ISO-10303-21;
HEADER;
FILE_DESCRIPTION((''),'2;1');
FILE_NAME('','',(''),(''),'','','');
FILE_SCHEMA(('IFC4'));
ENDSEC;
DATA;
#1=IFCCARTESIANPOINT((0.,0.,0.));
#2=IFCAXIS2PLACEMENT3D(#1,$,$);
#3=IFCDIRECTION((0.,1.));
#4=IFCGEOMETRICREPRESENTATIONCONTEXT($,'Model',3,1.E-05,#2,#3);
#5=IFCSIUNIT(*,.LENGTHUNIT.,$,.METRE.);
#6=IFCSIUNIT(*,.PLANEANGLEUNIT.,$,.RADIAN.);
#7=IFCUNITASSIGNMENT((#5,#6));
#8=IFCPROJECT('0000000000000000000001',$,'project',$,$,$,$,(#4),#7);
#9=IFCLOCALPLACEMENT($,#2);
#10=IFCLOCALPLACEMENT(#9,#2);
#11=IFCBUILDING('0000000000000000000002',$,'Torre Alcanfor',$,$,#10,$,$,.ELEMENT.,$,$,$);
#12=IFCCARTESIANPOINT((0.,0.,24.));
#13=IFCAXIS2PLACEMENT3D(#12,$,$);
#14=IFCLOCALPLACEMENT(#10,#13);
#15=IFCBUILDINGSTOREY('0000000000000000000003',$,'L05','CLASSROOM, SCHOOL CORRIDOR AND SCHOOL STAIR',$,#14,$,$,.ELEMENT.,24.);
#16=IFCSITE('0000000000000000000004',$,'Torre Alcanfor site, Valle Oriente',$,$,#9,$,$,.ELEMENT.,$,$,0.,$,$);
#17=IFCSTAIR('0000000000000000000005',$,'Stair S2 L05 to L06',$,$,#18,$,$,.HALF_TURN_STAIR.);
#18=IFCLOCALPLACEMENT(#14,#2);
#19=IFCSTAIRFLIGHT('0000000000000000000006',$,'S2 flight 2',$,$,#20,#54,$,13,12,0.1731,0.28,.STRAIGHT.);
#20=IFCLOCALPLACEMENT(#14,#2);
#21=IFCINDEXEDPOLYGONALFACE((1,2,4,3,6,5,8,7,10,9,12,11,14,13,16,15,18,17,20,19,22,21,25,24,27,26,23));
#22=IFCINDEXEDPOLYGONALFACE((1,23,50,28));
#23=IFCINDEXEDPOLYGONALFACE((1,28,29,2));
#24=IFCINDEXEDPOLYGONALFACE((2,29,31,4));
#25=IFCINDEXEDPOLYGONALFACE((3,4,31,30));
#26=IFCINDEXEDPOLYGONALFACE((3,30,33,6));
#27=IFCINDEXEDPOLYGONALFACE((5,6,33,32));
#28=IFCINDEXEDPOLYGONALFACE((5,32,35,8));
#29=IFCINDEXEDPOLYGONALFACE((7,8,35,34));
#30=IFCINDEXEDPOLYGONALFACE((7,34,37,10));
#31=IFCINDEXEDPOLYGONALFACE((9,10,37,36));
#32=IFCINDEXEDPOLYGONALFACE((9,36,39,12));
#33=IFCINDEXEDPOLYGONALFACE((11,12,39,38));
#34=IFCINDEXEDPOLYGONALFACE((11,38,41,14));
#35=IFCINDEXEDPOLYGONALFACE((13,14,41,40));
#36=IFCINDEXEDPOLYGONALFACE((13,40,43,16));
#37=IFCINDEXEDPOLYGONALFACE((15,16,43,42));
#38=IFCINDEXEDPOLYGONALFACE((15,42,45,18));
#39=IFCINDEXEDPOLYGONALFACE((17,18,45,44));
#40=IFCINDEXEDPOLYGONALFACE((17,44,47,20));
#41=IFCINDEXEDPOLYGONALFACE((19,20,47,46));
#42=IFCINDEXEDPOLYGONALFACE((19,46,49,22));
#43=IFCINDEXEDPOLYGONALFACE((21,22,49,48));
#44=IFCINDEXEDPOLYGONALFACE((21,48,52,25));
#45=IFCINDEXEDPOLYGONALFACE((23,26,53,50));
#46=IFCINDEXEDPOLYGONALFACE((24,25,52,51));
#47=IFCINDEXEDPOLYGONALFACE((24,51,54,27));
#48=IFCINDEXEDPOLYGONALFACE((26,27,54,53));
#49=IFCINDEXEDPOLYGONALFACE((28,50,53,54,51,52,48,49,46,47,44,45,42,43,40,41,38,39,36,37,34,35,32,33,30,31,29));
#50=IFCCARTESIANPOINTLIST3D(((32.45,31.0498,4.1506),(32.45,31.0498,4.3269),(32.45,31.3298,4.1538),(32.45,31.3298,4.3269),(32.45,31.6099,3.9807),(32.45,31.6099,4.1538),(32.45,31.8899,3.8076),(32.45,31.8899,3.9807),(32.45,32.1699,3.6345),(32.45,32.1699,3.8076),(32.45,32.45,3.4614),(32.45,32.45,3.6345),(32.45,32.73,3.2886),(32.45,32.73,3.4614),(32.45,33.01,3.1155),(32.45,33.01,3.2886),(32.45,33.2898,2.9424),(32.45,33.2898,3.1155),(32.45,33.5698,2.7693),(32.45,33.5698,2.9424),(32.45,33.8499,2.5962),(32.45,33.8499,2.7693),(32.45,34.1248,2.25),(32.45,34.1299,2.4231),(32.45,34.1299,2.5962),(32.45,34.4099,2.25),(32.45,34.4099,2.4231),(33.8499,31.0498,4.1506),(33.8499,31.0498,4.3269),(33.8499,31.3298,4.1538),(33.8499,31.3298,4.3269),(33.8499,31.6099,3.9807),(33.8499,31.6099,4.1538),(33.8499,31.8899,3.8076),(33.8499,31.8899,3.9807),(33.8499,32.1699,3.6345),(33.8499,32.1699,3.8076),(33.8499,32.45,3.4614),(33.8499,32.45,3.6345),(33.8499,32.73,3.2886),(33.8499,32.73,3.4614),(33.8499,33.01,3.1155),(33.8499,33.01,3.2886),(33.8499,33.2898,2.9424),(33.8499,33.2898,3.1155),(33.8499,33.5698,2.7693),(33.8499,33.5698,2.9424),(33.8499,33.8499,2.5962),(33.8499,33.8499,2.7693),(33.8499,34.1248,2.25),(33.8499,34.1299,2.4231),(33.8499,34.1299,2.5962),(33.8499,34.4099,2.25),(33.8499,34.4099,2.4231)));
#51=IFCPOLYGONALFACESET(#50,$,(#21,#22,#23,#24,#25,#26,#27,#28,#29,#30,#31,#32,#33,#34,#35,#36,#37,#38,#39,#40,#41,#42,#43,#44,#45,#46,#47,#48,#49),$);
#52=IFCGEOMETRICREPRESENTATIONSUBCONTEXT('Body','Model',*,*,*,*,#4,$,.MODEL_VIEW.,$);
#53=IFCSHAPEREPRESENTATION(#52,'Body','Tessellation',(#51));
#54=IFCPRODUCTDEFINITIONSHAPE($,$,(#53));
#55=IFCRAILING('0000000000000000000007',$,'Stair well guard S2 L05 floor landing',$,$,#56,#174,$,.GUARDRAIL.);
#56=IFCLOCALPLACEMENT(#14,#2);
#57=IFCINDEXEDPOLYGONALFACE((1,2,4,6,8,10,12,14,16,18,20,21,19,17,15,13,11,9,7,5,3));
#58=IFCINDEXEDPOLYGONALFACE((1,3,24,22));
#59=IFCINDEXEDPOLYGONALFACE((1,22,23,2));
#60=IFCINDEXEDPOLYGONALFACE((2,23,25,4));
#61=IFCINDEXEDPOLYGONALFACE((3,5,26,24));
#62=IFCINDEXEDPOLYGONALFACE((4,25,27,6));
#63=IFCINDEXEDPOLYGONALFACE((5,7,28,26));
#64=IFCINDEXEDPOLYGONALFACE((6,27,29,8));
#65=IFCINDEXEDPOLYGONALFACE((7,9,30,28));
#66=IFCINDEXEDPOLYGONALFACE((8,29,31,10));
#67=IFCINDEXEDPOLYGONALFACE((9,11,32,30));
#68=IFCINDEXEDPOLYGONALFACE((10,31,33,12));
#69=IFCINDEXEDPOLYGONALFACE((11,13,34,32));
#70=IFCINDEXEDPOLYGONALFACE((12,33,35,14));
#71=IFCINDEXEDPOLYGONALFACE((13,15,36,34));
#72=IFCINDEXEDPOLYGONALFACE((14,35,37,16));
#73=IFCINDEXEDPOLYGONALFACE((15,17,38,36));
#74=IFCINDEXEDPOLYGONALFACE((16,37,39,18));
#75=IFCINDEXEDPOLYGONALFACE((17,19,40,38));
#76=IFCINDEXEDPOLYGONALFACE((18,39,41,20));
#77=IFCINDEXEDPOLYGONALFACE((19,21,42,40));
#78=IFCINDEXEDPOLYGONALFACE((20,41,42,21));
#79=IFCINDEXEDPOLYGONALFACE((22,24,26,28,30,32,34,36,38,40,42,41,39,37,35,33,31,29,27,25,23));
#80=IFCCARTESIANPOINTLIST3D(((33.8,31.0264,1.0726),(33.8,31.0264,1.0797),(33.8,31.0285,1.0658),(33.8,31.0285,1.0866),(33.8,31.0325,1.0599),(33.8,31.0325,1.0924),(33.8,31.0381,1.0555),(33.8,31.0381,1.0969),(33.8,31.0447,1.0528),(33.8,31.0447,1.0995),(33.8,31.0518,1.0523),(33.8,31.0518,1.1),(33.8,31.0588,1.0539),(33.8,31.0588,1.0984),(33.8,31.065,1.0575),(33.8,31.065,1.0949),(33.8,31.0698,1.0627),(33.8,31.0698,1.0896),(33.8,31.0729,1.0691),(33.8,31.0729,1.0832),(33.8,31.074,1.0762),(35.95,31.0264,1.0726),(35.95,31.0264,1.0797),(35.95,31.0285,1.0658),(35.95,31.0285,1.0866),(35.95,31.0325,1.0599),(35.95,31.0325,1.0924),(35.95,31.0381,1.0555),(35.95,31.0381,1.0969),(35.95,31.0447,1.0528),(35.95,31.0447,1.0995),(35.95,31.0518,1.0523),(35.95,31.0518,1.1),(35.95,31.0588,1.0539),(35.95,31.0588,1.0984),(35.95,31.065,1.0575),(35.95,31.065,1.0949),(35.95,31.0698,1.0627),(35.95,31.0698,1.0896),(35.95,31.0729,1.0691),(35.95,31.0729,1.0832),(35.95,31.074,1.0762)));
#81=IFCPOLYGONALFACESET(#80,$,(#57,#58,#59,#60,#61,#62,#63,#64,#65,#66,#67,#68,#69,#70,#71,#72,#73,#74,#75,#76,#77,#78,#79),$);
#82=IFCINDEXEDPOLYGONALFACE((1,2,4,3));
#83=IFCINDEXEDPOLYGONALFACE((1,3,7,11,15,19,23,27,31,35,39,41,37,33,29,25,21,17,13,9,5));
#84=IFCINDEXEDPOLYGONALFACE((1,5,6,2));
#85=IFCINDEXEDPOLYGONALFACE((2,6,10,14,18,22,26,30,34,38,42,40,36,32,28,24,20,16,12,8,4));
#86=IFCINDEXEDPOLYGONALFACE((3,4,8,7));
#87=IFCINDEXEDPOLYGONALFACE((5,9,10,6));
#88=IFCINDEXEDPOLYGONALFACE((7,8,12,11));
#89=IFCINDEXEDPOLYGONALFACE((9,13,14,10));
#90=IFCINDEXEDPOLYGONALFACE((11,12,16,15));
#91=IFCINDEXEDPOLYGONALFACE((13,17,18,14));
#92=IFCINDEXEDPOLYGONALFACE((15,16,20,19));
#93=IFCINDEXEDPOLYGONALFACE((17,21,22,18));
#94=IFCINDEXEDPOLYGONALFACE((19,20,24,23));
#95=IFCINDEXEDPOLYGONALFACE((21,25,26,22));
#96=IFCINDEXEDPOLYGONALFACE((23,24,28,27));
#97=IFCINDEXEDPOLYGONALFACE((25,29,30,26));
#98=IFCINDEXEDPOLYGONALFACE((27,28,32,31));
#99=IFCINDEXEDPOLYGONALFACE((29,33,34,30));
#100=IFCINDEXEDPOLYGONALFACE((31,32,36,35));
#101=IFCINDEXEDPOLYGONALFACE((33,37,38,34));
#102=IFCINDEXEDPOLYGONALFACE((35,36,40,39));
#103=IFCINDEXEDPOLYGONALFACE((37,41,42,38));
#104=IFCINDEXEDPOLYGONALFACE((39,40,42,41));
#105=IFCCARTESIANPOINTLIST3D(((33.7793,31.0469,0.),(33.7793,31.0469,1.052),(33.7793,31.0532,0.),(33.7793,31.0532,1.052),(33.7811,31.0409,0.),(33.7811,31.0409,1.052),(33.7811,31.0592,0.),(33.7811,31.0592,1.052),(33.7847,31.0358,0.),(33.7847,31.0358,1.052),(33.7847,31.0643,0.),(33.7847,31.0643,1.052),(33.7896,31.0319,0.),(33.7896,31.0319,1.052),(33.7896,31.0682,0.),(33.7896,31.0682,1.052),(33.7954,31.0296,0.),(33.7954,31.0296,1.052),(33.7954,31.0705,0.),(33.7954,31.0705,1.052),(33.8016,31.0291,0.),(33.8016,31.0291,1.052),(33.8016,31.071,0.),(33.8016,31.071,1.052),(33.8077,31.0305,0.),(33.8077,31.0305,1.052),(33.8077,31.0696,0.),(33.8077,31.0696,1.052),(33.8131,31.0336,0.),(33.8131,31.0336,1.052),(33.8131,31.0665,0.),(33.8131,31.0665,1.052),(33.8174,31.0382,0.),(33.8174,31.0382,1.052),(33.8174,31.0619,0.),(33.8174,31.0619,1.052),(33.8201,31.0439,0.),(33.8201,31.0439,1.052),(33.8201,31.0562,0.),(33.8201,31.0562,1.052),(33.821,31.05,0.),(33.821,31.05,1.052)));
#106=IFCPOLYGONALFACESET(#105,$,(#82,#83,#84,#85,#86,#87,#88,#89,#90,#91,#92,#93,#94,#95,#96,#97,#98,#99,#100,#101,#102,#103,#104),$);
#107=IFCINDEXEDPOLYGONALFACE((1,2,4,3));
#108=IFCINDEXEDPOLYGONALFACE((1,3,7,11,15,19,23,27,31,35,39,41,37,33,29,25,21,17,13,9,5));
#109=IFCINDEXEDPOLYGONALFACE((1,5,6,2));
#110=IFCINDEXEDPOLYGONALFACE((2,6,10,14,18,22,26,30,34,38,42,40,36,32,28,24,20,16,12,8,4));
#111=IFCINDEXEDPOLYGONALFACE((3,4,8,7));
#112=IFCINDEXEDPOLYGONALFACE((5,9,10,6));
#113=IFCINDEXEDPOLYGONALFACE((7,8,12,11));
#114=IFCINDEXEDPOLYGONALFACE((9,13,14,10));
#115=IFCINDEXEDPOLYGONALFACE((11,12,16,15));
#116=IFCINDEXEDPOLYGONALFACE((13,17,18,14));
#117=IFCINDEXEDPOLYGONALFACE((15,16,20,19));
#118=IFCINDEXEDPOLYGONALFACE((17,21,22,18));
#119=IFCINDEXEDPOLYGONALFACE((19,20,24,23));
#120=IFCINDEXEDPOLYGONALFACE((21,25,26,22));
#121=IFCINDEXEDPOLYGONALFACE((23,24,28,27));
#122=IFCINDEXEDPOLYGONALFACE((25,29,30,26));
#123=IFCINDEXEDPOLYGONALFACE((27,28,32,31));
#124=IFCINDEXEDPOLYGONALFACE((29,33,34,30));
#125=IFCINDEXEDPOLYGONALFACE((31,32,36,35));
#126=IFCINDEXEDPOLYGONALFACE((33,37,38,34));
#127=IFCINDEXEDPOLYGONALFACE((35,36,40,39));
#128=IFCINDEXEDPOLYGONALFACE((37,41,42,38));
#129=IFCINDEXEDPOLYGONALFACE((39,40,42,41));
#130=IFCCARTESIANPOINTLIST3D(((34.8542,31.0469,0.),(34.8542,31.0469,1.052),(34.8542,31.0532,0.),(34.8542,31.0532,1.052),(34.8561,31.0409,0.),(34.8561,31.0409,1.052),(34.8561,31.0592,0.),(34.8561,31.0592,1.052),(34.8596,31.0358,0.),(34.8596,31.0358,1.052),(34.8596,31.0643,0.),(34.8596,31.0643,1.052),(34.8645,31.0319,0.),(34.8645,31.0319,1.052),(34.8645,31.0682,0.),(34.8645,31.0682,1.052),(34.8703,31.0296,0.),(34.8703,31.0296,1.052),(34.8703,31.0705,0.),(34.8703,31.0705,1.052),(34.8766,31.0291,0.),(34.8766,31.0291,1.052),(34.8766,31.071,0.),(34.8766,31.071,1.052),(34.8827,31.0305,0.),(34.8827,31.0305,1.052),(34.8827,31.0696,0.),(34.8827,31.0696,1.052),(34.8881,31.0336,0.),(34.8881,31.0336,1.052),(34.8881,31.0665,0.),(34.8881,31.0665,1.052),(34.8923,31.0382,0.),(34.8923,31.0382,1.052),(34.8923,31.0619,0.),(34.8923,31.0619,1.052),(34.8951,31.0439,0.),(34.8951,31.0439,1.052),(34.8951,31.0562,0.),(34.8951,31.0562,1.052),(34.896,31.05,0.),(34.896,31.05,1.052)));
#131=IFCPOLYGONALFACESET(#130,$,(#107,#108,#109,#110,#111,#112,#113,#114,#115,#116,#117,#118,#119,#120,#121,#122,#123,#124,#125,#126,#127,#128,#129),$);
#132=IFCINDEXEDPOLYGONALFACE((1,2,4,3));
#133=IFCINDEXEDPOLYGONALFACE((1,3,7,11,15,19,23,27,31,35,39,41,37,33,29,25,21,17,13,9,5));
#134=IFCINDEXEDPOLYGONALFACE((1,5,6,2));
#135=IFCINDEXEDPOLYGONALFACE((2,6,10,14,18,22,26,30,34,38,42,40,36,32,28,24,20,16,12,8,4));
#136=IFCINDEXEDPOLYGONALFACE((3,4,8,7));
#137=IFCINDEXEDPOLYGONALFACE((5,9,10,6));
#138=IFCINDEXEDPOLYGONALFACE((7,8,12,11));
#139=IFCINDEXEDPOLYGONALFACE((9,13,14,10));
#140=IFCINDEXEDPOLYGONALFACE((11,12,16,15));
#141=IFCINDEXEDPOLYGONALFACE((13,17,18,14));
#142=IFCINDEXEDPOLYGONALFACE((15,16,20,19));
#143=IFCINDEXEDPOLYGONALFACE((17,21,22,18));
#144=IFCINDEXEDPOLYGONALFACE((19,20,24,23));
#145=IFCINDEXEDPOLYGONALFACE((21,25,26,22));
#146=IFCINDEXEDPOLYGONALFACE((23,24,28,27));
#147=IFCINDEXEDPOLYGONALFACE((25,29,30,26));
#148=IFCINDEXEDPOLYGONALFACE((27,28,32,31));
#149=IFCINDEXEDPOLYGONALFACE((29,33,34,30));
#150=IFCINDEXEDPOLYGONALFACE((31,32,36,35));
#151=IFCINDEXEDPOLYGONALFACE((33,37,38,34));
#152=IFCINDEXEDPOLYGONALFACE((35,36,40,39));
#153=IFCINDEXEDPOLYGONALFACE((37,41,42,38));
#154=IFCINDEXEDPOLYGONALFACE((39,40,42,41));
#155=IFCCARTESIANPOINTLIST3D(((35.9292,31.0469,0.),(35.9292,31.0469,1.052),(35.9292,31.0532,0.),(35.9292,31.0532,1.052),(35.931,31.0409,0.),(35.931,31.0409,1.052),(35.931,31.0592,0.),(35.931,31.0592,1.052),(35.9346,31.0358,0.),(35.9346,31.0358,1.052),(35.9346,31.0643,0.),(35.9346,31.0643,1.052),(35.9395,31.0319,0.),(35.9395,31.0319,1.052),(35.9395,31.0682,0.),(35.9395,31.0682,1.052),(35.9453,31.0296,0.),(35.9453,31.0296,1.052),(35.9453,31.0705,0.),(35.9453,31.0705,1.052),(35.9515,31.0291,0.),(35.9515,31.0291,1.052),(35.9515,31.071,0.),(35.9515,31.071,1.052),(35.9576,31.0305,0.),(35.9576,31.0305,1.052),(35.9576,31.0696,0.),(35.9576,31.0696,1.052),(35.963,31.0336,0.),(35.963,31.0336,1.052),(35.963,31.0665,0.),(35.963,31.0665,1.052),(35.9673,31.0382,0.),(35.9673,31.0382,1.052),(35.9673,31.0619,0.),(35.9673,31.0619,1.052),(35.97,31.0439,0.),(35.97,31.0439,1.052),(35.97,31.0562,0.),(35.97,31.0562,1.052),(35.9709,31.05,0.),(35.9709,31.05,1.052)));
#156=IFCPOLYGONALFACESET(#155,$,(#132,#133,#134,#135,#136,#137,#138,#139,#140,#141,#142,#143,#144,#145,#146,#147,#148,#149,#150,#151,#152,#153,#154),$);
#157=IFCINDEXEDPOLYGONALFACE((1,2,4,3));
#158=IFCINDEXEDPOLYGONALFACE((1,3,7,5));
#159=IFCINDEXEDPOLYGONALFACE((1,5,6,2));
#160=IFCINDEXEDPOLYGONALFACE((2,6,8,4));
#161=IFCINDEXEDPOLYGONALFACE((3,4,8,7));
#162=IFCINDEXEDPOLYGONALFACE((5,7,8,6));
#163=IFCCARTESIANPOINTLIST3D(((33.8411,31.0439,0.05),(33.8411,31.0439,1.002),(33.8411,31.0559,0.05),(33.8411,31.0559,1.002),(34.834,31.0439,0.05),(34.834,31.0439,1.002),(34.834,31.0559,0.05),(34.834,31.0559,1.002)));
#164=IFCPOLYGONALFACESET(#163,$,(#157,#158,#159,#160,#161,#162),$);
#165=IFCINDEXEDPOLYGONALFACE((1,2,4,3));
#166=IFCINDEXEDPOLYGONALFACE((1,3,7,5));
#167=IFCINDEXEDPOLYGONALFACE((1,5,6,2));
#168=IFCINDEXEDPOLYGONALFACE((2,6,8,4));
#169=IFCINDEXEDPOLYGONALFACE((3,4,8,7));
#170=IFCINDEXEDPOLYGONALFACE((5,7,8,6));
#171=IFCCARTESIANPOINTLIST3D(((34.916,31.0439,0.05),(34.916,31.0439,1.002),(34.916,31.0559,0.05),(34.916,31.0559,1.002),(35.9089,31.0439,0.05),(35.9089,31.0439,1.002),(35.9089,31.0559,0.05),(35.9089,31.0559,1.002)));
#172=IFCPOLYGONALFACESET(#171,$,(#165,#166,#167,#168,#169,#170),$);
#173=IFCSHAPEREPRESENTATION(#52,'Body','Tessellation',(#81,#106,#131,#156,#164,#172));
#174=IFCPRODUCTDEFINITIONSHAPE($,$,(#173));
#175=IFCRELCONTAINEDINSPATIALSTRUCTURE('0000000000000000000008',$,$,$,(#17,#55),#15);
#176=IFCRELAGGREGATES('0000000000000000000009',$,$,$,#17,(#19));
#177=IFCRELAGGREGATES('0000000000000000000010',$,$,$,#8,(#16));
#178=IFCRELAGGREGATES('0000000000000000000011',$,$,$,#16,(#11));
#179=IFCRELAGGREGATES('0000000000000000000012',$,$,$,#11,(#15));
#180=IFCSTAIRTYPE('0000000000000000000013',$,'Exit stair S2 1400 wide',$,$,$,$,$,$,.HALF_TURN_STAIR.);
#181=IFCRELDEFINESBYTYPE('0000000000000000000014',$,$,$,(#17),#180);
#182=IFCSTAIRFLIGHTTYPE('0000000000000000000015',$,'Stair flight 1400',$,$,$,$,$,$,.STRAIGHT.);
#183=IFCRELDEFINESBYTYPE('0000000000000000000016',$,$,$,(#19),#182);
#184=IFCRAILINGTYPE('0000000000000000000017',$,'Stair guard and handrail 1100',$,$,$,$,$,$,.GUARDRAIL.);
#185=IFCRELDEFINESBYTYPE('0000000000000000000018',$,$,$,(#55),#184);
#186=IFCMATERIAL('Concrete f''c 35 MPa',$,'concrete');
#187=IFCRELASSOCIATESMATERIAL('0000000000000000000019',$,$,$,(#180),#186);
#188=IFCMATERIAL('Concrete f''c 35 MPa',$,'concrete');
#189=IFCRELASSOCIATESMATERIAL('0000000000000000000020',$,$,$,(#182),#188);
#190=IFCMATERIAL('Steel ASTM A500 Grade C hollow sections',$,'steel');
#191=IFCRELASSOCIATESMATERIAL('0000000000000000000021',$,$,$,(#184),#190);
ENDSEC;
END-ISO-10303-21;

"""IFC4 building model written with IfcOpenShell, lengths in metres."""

from ifc_helpers import new_model, si_unit, direction, frame, origin, origin_2d, place, context, subcontext, project, spatial, polyline, circle, outline, extrude, material, type_object, element, aggregate, save


model = new_model("IFC4")

# Units and contexts
model_context = context("Model", 3, precision=1e-05, world=origin(), true_north=direction((0.0, 1.0)))
body_context = subcontext(model_context, "Body", "Model", "MODEL_VIEW")
ifc_project = project(units=[si_unit("LENGTHUNIT", "METRE"), si_unit("PLANEANGLEUNIT", "RADIAN")], contexts=[model_context])

# Site, building, storey
site_placement = place(None, origin())
site = spatial("IfcSite", under=ifc_project, at=site_placement, Name="Torre Alcanfor site, Valle Oriente", CompositionType="ELEMENT", RefElevation=0.0)
building_placement = place(site_placement, origin())
building = spatial("IfcBuilding", under=site, at=building_placement, Name="Torre Alcanfor", CompositionType="ELEMENT")
storey_placement = place(building_placement, frame((0.0, 0.0, 24.0)))
storey = spatial("IfcBuildingStorey", under=building, at=storey_placement, Name="L05", Description="CLASSROOM, SCHOOL CORRIDOR AND SCHOOL STAIR", CompositionType="ELEMENT", Elevation=24.0)

# Stair, stair flight
ifc_material_1 = material(Name="Concrete f'c 35 MPa", Category="concrete")
stair_type = type_object("IfcStairType", Name="Exit stair S2 1400 wide", PredefinedType="HALF_TURN_STAIR", material=ifc_material_1)
stair_placement = place(storey_placement, origin())
stair = element("IfcStair", 1, at=stair_placement, inside=storey, type_object=stair_type, Name="Stair S2 L05 to L06", PredefinedType="HALF_TURN_STAIR")
ifc_material_2 = material(Name="Concrete f'c 35 MPa", Category="concrete")
stair_flight_type = type_object("IfcStairFlightType", Name="Stair flight 1400", PredefinedType="STRAIGHT", material=ifc_material_2)
stair_flight_1_placement = place(storey_placement, frame((33.1499, 34.4099, 2.25), z_axis=(0.0, 0.0, 1.0), x_axis=(0.0, -1.0, 0.0)))
stair_flight_1 = element("IfcStairFlight", 2, at=stair_flight_1_placement, type_object=stair_flight_type, Name="S2 flight 2", NumberOfRisers=13, NumberOfTreads=12, PredefinedType="STRAIGHT", RiserHeight=0.1731, TreadLength=0.28, context=body_context, shape_type="SweptSolid", body=[
    extrude(outline(polyline([(0.0, 0.0), (0.0, 0.1731), (0.28, 0.1731), (0.28, 0.3462), (0.5601, 0.3462), (0.5601, 0.5193), (0.8401, 0.5193), (0.8401, 0.6924), (1.1201, 0.6924), (1.1201, 0.8655), (1.3999, 0.8655), (1.3999, 1.0386), (1.6799, 1.0386), (1.6799, 1.2114), (1.96, 1.2114), (1.96, 1.3845), (2.24, 1.3845), (2.24, 1.5576), (2.52, 1.5576), (2.52, 1.7307), (2.8, 1.7307), (2.8, 1.9038), (3.0801, 1.9038), (3.0801, 2.0769), (3.3601, 2.0769), (3.3601, 2.25), (3.3601, 1.9006), (0.2852, 0.0), (0.0, 0.0)])), frame((0.0, 0.7, 0.0), z_axis=(0.0, -1.0, 0.0), x_axis=(1.0, 0.0, 0.0)), (0.0, 0.0, 1.0), 1.3999),
])
aggregate(stair, [stair_flight_1])

# Railing
ifc_material_3 = material(Name="Steel ASTM A500 Grade C hollow sections", Category="steel")
railing_type_1 = type_object("IfcRailingType", Name="Stair guard and handrail 1100", PredefinedType="GUARDRAIL", material=ifc_material_3)
for number, where, name in (
    (3, (33.8, 31.05, 0.0), "Stair well guard S2 L05 floor landing"),
):
    element("IfcRailing", number, at=place(storey_placement, frame(where)), inside=storey, type_object=railing_type_1, Name=name, PredefinedType="GUARDRAIL", context=body_context, shape_type="SweptSolid", body=[
        extrude(circle(Radius=0.0239, at=origin_2d()), frame((0.0, 0.0, 1.0762), z_axis=(1.0, 0.0, 0.0), x_axis=(0.0, 1.0, 0.0)), (0.0, 0.0, 1.0), 2.1499),
        extrude(circle(Radius=0.021, at=origin_2d()), origin(), (0.0, 0.0, 1.0), 1.052),
        extrude(circle(Radius=0.021, at=origin_2d()), frame((1.075, 0.0, 0.0)), (0.0, 0.0, 1.0), 1.052),
        extrude(circle(Radius=0.021, at=origin_2d()), frame((2.1499, 0.0, 0.0)), (0.0, 0.0, 1.0), 1.052),
        extrude(outline(polyline([(0.041, 0.05), (1.0339, 0.05), (1.0339, 1.002), (0.041, 1.002), (0.041, 0.05)])), frame((0.0, 0.0059, 0.0), z_axis=(0.0, -1.0, 0.0), x_axis=(1.0, 0.0, 0.0)), (0.0, 0.0, 1.0), 0.012),
        extrude(outline(polyline([(1.116, 0.05), (2.1089, 0.05), (2.1089, 1.002), (1.116, 1.002), (1.116, 0.05)])), frame((0.0, 0.0059, 0.0), z_axis=(0.0, -1.0, 0.0), x_axis=(1.0, 0.0, 0.0)), (0.0, 0.0, 1.0), 0.012),
    ])

save(model, "model.ifc")
